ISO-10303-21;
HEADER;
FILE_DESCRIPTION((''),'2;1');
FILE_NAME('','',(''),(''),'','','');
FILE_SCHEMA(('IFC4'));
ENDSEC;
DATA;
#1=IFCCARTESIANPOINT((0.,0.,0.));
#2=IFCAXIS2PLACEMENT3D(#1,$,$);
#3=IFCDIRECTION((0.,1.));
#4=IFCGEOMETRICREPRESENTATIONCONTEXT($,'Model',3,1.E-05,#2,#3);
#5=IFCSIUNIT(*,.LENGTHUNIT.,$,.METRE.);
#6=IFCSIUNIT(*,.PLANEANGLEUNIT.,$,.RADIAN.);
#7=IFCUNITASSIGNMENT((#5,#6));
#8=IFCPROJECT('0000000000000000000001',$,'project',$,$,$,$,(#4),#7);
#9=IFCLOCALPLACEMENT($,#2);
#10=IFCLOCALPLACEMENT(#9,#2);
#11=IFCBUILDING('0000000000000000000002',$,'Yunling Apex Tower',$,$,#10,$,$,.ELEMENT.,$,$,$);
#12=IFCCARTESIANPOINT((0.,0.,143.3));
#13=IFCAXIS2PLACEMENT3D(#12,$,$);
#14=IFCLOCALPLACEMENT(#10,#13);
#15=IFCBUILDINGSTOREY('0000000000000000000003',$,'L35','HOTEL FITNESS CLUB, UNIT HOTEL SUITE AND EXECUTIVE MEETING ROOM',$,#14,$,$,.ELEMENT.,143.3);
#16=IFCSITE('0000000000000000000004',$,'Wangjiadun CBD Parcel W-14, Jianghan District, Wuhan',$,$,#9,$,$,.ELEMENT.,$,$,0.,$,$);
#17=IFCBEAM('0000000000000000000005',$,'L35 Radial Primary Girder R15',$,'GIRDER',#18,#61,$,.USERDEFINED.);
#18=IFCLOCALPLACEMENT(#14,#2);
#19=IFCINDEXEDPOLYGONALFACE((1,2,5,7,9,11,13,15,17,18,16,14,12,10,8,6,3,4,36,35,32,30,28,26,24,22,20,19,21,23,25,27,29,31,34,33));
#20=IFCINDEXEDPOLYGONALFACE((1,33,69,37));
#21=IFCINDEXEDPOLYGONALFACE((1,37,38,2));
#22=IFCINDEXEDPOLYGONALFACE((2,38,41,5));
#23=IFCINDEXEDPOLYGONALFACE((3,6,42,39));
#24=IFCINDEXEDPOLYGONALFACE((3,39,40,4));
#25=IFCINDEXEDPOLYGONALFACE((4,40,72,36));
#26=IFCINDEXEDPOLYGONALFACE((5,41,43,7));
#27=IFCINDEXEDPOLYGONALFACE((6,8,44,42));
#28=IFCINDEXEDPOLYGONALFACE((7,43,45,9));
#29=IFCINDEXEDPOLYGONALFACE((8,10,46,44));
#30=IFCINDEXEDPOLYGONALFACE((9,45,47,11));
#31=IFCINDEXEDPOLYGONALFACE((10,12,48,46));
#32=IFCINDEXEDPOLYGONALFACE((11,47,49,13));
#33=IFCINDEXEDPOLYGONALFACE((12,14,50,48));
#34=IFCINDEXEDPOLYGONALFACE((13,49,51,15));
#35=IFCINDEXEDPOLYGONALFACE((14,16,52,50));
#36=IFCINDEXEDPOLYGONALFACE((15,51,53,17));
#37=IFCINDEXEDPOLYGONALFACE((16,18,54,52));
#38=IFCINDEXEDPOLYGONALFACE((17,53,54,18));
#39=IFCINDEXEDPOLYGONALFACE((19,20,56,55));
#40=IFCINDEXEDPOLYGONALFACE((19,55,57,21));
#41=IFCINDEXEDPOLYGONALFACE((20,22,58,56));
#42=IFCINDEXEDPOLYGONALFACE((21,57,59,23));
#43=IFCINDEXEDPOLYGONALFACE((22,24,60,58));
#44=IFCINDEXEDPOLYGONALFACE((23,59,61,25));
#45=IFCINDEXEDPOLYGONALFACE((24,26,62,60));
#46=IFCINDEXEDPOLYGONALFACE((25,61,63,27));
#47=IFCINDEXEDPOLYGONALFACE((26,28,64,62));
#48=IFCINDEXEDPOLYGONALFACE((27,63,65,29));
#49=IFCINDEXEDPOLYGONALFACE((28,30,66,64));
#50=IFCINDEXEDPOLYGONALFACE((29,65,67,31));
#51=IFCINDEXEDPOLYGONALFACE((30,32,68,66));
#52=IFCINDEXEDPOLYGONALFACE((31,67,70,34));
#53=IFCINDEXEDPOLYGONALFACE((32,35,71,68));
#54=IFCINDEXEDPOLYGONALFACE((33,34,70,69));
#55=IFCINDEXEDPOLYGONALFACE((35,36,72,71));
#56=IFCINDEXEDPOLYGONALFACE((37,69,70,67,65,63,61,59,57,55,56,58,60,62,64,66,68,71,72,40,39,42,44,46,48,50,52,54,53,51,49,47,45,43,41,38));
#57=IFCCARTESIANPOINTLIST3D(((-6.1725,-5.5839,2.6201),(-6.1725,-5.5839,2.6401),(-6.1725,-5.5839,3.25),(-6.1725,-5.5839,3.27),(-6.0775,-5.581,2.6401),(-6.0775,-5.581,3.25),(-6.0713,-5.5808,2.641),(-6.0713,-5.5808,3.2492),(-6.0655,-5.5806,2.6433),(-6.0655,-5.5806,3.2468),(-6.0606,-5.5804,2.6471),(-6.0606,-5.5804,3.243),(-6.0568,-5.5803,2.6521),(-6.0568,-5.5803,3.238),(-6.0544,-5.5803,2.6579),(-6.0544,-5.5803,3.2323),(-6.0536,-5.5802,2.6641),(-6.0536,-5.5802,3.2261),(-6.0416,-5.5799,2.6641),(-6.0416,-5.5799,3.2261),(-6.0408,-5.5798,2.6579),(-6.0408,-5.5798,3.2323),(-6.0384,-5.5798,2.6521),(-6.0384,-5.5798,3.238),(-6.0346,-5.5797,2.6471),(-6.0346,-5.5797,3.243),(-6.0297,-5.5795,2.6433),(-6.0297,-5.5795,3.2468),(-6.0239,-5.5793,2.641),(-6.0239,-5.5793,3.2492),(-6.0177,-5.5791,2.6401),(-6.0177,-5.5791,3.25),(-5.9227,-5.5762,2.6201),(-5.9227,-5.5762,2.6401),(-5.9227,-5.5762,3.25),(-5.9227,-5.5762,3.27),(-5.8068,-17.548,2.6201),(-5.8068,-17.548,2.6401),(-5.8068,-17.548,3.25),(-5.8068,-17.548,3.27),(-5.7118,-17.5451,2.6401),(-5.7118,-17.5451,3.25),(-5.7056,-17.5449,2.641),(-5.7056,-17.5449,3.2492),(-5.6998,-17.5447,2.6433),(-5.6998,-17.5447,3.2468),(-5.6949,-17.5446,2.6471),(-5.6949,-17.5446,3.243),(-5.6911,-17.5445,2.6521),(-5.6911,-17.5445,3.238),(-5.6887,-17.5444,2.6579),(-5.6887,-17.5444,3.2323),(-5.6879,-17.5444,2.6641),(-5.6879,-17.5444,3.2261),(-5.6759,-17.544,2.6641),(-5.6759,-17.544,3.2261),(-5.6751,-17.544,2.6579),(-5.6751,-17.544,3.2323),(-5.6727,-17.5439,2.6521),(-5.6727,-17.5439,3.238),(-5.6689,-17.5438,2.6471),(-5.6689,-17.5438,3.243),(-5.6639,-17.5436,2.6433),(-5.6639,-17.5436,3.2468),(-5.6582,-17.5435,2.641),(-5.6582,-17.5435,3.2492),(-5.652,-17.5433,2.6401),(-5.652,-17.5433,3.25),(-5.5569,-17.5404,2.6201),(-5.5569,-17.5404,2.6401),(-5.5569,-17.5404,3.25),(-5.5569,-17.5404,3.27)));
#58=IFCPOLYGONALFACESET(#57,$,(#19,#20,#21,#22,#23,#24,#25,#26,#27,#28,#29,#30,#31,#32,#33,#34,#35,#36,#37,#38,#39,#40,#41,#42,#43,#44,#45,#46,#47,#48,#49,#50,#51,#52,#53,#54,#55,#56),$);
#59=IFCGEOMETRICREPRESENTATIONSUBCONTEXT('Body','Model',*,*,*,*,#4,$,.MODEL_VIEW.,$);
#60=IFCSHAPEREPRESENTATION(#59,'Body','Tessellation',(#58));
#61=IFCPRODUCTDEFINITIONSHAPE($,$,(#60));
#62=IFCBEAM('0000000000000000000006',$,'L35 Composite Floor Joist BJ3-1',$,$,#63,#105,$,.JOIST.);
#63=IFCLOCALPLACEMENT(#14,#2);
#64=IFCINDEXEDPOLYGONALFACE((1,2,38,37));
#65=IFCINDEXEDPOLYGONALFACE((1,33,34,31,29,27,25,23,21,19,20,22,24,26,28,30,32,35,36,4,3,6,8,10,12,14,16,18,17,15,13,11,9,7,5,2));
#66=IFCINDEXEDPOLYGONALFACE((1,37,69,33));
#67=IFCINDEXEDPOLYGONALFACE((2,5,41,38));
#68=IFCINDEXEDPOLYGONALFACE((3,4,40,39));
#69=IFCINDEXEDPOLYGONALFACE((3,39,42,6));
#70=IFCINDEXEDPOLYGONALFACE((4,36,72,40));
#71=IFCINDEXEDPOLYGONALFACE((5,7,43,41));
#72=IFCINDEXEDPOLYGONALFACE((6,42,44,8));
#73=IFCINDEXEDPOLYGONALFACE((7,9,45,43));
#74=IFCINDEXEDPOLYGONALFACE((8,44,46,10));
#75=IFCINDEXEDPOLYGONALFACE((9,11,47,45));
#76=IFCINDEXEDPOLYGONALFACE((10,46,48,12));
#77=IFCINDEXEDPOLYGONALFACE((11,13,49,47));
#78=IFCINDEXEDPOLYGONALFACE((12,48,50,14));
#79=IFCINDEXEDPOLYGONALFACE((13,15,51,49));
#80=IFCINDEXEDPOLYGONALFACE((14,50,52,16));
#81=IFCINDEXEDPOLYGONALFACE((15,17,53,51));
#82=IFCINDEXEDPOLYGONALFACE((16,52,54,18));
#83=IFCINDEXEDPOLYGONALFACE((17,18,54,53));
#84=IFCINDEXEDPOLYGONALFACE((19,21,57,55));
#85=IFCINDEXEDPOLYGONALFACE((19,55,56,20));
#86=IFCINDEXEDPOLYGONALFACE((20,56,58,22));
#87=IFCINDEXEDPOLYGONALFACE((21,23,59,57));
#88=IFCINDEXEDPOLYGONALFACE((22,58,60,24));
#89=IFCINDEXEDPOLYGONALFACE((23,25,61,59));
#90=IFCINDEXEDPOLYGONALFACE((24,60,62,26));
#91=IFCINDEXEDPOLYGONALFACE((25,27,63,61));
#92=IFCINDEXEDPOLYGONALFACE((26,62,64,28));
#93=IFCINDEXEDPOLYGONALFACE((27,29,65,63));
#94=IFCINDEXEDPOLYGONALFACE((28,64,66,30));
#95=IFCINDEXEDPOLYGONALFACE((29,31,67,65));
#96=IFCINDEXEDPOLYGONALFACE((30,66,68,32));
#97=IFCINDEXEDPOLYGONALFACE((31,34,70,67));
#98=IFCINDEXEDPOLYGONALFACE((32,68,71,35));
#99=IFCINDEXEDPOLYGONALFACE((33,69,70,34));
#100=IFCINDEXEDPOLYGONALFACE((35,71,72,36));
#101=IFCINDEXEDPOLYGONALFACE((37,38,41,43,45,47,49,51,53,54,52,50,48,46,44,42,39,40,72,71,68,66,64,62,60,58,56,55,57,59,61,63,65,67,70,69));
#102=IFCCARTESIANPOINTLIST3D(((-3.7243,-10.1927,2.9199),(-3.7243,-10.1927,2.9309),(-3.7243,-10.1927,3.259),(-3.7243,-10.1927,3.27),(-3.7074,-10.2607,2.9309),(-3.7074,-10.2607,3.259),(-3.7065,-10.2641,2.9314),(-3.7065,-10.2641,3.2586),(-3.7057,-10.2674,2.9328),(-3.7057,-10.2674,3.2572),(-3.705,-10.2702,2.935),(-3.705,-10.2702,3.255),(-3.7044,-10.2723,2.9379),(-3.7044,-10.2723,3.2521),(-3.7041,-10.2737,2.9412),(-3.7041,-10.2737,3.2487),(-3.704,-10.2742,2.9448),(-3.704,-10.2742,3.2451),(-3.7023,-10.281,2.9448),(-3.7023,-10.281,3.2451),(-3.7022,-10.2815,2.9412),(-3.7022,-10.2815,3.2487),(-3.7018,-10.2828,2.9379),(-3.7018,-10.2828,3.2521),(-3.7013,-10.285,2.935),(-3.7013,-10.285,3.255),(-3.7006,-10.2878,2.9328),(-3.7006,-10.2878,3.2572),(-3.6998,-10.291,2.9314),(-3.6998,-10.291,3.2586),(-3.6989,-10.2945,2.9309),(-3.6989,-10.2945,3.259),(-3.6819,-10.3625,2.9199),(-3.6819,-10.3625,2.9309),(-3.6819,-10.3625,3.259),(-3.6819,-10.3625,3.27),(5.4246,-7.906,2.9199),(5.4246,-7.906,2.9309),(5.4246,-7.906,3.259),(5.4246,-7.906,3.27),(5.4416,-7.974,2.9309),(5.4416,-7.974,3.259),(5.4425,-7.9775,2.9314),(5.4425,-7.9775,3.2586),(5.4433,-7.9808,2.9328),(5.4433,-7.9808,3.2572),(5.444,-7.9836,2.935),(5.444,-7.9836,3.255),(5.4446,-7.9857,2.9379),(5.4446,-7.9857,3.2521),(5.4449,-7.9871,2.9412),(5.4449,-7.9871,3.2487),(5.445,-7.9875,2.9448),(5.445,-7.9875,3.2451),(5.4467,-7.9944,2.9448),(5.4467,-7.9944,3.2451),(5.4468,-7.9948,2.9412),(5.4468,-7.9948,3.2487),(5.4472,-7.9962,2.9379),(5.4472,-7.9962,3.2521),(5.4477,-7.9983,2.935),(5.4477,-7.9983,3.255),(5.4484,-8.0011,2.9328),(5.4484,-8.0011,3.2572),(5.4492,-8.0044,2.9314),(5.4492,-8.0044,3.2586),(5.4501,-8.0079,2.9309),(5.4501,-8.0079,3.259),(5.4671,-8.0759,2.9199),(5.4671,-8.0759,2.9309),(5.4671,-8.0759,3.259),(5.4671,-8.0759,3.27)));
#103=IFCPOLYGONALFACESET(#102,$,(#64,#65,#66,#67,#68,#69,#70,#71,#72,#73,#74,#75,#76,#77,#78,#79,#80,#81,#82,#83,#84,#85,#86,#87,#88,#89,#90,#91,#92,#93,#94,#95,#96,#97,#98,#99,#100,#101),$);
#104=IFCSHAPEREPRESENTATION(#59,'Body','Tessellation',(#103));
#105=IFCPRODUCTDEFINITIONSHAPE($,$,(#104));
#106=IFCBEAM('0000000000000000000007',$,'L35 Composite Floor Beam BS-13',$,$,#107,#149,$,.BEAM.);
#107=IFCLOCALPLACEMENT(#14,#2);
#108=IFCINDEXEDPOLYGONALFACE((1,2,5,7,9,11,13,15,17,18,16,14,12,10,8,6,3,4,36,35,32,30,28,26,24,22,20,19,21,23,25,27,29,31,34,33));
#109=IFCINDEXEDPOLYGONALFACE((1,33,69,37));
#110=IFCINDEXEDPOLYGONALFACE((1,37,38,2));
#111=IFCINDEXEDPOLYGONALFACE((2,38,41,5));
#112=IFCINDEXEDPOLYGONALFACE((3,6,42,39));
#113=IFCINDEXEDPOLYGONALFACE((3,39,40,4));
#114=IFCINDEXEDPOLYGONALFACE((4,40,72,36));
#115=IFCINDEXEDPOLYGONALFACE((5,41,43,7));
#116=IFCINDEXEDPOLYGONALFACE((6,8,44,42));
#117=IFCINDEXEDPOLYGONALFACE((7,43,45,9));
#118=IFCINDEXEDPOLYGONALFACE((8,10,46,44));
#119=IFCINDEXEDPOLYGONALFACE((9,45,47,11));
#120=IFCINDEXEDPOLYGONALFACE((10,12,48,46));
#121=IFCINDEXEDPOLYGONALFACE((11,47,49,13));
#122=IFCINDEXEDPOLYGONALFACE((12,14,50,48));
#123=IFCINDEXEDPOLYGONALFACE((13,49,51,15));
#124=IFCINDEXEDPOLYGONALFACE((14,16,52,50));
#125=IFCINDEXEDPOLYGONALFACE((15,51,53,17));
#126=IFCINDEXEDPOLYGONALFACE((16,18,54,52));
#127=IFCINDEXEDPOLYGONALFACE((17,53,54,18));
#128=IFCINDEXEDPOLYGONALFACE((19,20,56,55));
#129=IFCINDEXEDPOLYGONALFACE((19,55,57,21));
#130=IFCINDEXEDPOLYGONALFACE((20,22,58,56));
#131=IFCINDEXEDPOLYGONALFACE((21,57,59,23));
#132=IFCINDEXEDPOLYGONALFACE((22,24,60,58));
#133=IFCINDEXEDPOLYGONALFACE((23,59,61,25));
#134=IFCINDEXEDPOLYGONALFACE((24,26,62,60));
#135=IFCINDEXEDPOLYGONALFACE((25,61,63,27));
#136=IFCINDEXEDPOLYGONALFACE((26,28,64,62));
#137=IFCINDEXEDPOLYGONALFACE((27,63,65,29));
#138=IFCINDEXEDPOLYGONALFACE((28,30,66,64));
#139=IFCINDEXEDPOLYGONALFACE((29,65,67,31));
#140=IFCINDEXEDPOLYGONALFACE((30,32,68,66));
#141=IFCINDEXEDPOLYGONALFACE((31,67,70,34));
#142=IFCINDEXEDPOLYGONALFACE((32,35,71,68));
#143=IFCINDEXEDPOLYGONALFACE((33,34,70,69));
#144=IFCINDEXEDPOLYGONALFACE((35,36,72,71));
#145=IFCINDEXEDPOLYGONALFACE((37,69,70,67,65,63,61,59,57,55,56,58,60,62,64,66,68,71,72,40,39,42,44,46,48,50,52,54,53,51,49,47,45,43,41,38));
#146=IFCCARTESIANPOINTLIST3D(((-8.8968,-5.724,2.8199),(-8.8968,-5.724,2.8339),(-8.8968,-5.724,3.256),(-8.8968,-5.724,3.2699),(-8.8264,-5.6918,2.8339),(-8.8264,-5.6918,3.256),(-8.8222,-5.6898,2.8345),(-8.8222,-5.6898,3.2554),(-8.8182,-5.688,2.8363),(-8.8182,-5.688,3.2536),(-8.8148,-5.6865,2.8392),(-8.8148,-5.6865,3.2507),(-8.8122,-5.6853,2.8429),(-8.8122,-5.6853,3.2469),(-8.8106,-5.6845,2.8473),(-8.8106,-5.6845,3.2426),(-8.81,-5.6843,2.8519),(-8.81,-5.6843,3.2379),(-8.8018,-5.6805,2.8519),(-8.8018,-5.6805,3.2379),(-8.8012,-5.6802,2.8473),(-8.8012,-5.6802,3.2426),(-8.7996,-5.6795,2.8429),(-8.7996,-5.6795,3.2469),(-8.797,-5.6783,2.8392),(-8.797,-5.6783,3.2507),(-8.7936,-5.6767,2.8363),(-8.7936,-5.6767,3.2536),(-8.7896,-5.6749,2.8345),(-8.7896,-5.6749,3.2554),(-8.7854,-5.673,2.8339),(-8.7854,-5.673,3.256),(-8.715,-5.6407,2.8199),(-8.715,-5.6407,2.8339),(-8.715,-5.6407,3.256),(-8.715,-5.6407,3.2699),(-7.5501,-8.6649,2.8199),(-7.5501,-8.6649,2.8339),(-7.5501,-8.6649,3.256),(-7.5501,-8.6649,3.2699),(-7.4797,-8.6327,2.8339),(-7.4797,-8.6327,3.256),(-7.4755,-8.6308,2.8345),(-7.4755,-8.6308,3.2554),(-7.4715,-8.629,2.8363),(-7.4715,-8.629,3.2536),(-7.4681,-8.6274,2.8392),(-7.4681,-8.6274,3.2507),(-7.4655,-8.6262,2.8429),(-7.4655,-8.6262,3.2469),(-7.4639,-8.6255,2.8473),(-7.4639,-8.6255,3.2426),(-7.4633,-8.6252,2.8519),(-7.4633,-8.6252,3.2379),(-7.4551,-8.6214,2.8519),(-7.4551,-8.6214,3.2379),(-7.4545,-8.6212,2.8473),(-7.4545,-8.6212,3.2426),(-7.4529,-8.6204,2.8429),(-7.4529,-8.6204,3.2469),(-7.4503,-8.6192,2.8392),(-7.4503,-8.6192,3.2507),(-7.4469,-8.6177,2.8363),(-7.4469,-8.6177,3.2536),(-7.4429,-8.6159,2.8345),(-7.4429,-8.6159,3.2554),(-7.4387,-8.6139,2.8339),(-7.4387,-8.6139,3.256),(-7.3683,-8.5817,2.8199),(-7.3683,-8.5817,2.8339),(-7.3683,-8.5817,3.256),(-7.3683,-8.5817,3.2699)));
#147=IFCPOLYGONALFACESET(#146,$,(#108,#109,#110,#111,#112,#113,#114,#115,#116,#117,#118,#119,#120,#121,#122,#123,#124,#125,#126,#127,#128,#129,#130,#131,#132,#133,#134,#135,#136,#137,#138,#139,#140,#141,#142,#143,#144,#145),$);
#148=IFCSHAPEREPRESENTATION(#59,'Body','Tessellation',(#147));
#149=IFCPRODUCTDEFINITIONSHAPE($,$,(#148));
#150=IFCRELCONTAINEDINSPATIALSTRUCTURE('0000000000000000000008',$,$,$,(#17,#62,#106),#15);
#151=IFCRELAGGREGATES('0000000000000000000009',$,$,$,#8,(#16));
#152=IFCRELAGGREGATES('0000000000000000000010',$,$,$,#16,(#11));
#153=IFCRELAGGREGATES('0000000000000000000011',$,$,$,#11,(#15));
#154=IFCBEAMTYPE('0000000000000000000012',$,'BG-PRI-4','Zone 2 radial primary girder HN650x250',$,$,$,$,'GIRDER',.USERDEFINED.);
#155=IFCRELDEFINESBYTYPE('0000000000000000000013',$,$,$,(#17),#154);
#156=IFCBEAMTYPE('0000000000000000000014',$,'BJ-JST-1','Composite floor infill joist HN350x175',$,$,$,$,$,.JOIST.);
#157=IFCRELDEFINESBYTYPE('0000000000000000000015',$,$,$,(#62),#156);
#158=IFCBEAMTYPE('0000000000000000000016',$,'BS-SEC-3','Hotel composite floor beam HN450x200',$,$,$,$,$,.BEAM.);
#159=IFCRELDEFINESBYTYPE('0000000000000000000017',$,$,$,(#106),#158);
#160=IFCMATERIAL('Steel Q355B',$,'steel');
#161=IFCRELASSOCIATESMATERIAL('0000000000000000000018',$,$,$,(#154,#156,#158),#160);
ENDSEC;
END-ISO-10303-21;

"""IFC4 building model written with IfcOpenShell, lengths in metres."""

from ifc_helpers import new_model, si_unit, direction, frame, origin, origin_2d, place, context, subcontext, project, spatial, i_section, extrude, source, transform, mapped, material, material_profile, profile_set, type_object, element, save


model = new_model("IFC4")

# Units and contexts
model_context = context("Model", 3, precision=1e-05, world=origin(), true_north=direction((0.0, 1.0)))
body_context = subcontext(model_context, "Body", "Model", "MODEL_VIEW")
ifc_project = project(units=[si_unit("LENGTHUNIT", "METRE"), si_unit("PLANEANGLEUNIT", "RADIAN")], contexts=[model_context])

# Site, building, storey
site_placement = place(None, origin())
site = spatial("IfcSite", under=ifc_project, at=site_placement, Name="Wangjiadun CBD Parcel W-14, Jianghan District, Wuhan", CompositionType="ELEMENT", RefElevation=0.0)
building_placement = place(site_placement, origin())
building = spatial("IfcBuilding", under=site, at=building_placement, Name="Yunling Apex Tower", CompositionType="ELEMENT")
storey_placement = place(building_placement, frame((0.0, 0.0, 143.3)))
storey = spatial("IfcBuildingStorey", under=building, at=storey_placement, Name="L35", Description="HOTEL FITNESS CLUB, UNIT HOTEL SUITE AND EXECUTIVE MEETING ROOM", CompositionType="ELEMENT", Elevation=143.3)

# Beams
ifc_material_1 = material(Name="Steel Q355B", Category="steel")
ifc_material_profile_1 = material_profile(ifc_material_1, i_section(OverallWidth=0.25, OverallDepth=0.6499, WebThickness=0.012, FlangeThickness=0.02, FilletRadius=0.0239, at=origin_2d()))
ifc_profile_set_1 = profile_set([ifc_material_profile_1], Name="Steel Q355B")
beam_type_1 = type_object("IfcBeamType", Name="BG-PRI-4", Description="Zone 2 radial primary girder HN650x250", ElementType="GIRDER", PredefinedType="USERDEFINED", material=ifc_profile_set_1)
shared_shape_1 = source(origin(), body_context, "Body", "SweptSolid", [
    extrude(i_section(OverallWidth=0.25, OverallDepth=0.6499, WebThickness=0.012, FlangeThickness=0.02, FilletRadius=0.0239, at=origin_2d()), origin(), (0.0, 0.0, 1.0), 11.9697),
])
beam_1_placement = place(storey_placement, frame((-5.6819, -17.5442, 2.9451), z_axis=(-0.030554, 0.999533, 0.0), x_axis=(-0.999533, -0.030554, 0.0)))
element("IfcBeam", 1, at=beam_1_placement, inside=storey, type_object=beam_type_1, Name="L35 Radial Primary Girder R15", ObjectType="GIRDER", PredefinedType="USERDEFINED", context=body_context, shape_type="MappedRepresentation", body=[
    mapped(shared_shape_1, transform((0.0, 0.0, 0.0), scale=1.0)),
])
ifc_material_profile_2 = material_profile(ifc_material_1, i_section(OverallWidth=0.175, OverallDepth=0.3501, WebThickness=0.0071, FlangeThickness=0.011, FilletRadius=0.0139, at=origin_2d()))
ifc_profile_set_2 = profile_set([ifc_material_profile_2], Name="Steel Q355B")
beam_type_2 = type_object("IfcBeamType", Name="BJ-JST-1", Description="Composite floor infill joist HN350x175", PredefinedType="JOIST", material=ifc_profile_set_2)
shared_shape_2 = source(origin(), body_context, "Body", "SweptSolid", [
    extrude(i_section(OverallWidth=0.175, OverallDepth=0.3501, WebThickness=0.0071, FlangeThickness=0.011, FilletRadius=0.0139, at=origin_2d()), origin(), (0.0, 0.0, 1.0), 9.4304),
])
beam_2_placement = place(storey_placement, frame((-3.7031, -10.2776, 3.095), z_axis=(0.970158, 0.242475, 0.0), x_axis=(-0.242475, 0.970158, 0.0)))
element("IfcBeam", 2, at=beam_2_placement, inside=storey, type_object=beam_type_2, Name="L35 Composite Floor Joist BJ3-1", PredefinedType="JOIST", context=body_context, shape_type="MappedRepresentation", body=[
    mapped(shared_shape_2, transform((0.0, 0.0, 0.0), scale=1.0)),
])
ifc_material_profile_3 = material_profile(ifc_material_1, i_section(OverallWidth=0.2, OverallDepth=0.45, WebThickness=0.009, FlangeThickness=0.0139, FilletRadius=0.0181, at=origin_2d()))
ifc_profile_set_3 = profile_set([ifc_material_profile_3], Name="Steel Q355B")
beam_type_3 = type_object("IfcBeamType", Name="BS-SEC-3", Description="Hotel composite floor beam HN450x200", PredefinedType="BEAM", material=ifc_profile_set_3)
shared_shape_3 = source(origin(), body_context, "Body", "SweptSolid", [
    extrude(i_section(OverallWidth=0.2, OverallDepth=0.45, WebThickness=0.009, FlangeThickness=0.0139, FilletRadius=0.0181, at=origin_2d()), origin(), (0.0, 0.0, 1.0), 3.2346),
])
beam_3_placement = place(storey_placement, frame((-8.8059, -5.6824, 3.0449), z_axis=(0.416338, -0.90921, 0.0), x_axis=(0.90921, 0.416338, 0.0)))
element("IfcBeam", 3, at=beam_3_placement, inside=storey, type_object=beam_type_3, Name="L35 Composite Floor Beam BS-13", PredefinedType="BEAM", context=body_context, shape_type="MappedRepresentation", body=[
    mapped(shared_shape_3, transform((0.0, 0.0, 0.0), scale=1.0)),
])

save(model, "model.ifc")
